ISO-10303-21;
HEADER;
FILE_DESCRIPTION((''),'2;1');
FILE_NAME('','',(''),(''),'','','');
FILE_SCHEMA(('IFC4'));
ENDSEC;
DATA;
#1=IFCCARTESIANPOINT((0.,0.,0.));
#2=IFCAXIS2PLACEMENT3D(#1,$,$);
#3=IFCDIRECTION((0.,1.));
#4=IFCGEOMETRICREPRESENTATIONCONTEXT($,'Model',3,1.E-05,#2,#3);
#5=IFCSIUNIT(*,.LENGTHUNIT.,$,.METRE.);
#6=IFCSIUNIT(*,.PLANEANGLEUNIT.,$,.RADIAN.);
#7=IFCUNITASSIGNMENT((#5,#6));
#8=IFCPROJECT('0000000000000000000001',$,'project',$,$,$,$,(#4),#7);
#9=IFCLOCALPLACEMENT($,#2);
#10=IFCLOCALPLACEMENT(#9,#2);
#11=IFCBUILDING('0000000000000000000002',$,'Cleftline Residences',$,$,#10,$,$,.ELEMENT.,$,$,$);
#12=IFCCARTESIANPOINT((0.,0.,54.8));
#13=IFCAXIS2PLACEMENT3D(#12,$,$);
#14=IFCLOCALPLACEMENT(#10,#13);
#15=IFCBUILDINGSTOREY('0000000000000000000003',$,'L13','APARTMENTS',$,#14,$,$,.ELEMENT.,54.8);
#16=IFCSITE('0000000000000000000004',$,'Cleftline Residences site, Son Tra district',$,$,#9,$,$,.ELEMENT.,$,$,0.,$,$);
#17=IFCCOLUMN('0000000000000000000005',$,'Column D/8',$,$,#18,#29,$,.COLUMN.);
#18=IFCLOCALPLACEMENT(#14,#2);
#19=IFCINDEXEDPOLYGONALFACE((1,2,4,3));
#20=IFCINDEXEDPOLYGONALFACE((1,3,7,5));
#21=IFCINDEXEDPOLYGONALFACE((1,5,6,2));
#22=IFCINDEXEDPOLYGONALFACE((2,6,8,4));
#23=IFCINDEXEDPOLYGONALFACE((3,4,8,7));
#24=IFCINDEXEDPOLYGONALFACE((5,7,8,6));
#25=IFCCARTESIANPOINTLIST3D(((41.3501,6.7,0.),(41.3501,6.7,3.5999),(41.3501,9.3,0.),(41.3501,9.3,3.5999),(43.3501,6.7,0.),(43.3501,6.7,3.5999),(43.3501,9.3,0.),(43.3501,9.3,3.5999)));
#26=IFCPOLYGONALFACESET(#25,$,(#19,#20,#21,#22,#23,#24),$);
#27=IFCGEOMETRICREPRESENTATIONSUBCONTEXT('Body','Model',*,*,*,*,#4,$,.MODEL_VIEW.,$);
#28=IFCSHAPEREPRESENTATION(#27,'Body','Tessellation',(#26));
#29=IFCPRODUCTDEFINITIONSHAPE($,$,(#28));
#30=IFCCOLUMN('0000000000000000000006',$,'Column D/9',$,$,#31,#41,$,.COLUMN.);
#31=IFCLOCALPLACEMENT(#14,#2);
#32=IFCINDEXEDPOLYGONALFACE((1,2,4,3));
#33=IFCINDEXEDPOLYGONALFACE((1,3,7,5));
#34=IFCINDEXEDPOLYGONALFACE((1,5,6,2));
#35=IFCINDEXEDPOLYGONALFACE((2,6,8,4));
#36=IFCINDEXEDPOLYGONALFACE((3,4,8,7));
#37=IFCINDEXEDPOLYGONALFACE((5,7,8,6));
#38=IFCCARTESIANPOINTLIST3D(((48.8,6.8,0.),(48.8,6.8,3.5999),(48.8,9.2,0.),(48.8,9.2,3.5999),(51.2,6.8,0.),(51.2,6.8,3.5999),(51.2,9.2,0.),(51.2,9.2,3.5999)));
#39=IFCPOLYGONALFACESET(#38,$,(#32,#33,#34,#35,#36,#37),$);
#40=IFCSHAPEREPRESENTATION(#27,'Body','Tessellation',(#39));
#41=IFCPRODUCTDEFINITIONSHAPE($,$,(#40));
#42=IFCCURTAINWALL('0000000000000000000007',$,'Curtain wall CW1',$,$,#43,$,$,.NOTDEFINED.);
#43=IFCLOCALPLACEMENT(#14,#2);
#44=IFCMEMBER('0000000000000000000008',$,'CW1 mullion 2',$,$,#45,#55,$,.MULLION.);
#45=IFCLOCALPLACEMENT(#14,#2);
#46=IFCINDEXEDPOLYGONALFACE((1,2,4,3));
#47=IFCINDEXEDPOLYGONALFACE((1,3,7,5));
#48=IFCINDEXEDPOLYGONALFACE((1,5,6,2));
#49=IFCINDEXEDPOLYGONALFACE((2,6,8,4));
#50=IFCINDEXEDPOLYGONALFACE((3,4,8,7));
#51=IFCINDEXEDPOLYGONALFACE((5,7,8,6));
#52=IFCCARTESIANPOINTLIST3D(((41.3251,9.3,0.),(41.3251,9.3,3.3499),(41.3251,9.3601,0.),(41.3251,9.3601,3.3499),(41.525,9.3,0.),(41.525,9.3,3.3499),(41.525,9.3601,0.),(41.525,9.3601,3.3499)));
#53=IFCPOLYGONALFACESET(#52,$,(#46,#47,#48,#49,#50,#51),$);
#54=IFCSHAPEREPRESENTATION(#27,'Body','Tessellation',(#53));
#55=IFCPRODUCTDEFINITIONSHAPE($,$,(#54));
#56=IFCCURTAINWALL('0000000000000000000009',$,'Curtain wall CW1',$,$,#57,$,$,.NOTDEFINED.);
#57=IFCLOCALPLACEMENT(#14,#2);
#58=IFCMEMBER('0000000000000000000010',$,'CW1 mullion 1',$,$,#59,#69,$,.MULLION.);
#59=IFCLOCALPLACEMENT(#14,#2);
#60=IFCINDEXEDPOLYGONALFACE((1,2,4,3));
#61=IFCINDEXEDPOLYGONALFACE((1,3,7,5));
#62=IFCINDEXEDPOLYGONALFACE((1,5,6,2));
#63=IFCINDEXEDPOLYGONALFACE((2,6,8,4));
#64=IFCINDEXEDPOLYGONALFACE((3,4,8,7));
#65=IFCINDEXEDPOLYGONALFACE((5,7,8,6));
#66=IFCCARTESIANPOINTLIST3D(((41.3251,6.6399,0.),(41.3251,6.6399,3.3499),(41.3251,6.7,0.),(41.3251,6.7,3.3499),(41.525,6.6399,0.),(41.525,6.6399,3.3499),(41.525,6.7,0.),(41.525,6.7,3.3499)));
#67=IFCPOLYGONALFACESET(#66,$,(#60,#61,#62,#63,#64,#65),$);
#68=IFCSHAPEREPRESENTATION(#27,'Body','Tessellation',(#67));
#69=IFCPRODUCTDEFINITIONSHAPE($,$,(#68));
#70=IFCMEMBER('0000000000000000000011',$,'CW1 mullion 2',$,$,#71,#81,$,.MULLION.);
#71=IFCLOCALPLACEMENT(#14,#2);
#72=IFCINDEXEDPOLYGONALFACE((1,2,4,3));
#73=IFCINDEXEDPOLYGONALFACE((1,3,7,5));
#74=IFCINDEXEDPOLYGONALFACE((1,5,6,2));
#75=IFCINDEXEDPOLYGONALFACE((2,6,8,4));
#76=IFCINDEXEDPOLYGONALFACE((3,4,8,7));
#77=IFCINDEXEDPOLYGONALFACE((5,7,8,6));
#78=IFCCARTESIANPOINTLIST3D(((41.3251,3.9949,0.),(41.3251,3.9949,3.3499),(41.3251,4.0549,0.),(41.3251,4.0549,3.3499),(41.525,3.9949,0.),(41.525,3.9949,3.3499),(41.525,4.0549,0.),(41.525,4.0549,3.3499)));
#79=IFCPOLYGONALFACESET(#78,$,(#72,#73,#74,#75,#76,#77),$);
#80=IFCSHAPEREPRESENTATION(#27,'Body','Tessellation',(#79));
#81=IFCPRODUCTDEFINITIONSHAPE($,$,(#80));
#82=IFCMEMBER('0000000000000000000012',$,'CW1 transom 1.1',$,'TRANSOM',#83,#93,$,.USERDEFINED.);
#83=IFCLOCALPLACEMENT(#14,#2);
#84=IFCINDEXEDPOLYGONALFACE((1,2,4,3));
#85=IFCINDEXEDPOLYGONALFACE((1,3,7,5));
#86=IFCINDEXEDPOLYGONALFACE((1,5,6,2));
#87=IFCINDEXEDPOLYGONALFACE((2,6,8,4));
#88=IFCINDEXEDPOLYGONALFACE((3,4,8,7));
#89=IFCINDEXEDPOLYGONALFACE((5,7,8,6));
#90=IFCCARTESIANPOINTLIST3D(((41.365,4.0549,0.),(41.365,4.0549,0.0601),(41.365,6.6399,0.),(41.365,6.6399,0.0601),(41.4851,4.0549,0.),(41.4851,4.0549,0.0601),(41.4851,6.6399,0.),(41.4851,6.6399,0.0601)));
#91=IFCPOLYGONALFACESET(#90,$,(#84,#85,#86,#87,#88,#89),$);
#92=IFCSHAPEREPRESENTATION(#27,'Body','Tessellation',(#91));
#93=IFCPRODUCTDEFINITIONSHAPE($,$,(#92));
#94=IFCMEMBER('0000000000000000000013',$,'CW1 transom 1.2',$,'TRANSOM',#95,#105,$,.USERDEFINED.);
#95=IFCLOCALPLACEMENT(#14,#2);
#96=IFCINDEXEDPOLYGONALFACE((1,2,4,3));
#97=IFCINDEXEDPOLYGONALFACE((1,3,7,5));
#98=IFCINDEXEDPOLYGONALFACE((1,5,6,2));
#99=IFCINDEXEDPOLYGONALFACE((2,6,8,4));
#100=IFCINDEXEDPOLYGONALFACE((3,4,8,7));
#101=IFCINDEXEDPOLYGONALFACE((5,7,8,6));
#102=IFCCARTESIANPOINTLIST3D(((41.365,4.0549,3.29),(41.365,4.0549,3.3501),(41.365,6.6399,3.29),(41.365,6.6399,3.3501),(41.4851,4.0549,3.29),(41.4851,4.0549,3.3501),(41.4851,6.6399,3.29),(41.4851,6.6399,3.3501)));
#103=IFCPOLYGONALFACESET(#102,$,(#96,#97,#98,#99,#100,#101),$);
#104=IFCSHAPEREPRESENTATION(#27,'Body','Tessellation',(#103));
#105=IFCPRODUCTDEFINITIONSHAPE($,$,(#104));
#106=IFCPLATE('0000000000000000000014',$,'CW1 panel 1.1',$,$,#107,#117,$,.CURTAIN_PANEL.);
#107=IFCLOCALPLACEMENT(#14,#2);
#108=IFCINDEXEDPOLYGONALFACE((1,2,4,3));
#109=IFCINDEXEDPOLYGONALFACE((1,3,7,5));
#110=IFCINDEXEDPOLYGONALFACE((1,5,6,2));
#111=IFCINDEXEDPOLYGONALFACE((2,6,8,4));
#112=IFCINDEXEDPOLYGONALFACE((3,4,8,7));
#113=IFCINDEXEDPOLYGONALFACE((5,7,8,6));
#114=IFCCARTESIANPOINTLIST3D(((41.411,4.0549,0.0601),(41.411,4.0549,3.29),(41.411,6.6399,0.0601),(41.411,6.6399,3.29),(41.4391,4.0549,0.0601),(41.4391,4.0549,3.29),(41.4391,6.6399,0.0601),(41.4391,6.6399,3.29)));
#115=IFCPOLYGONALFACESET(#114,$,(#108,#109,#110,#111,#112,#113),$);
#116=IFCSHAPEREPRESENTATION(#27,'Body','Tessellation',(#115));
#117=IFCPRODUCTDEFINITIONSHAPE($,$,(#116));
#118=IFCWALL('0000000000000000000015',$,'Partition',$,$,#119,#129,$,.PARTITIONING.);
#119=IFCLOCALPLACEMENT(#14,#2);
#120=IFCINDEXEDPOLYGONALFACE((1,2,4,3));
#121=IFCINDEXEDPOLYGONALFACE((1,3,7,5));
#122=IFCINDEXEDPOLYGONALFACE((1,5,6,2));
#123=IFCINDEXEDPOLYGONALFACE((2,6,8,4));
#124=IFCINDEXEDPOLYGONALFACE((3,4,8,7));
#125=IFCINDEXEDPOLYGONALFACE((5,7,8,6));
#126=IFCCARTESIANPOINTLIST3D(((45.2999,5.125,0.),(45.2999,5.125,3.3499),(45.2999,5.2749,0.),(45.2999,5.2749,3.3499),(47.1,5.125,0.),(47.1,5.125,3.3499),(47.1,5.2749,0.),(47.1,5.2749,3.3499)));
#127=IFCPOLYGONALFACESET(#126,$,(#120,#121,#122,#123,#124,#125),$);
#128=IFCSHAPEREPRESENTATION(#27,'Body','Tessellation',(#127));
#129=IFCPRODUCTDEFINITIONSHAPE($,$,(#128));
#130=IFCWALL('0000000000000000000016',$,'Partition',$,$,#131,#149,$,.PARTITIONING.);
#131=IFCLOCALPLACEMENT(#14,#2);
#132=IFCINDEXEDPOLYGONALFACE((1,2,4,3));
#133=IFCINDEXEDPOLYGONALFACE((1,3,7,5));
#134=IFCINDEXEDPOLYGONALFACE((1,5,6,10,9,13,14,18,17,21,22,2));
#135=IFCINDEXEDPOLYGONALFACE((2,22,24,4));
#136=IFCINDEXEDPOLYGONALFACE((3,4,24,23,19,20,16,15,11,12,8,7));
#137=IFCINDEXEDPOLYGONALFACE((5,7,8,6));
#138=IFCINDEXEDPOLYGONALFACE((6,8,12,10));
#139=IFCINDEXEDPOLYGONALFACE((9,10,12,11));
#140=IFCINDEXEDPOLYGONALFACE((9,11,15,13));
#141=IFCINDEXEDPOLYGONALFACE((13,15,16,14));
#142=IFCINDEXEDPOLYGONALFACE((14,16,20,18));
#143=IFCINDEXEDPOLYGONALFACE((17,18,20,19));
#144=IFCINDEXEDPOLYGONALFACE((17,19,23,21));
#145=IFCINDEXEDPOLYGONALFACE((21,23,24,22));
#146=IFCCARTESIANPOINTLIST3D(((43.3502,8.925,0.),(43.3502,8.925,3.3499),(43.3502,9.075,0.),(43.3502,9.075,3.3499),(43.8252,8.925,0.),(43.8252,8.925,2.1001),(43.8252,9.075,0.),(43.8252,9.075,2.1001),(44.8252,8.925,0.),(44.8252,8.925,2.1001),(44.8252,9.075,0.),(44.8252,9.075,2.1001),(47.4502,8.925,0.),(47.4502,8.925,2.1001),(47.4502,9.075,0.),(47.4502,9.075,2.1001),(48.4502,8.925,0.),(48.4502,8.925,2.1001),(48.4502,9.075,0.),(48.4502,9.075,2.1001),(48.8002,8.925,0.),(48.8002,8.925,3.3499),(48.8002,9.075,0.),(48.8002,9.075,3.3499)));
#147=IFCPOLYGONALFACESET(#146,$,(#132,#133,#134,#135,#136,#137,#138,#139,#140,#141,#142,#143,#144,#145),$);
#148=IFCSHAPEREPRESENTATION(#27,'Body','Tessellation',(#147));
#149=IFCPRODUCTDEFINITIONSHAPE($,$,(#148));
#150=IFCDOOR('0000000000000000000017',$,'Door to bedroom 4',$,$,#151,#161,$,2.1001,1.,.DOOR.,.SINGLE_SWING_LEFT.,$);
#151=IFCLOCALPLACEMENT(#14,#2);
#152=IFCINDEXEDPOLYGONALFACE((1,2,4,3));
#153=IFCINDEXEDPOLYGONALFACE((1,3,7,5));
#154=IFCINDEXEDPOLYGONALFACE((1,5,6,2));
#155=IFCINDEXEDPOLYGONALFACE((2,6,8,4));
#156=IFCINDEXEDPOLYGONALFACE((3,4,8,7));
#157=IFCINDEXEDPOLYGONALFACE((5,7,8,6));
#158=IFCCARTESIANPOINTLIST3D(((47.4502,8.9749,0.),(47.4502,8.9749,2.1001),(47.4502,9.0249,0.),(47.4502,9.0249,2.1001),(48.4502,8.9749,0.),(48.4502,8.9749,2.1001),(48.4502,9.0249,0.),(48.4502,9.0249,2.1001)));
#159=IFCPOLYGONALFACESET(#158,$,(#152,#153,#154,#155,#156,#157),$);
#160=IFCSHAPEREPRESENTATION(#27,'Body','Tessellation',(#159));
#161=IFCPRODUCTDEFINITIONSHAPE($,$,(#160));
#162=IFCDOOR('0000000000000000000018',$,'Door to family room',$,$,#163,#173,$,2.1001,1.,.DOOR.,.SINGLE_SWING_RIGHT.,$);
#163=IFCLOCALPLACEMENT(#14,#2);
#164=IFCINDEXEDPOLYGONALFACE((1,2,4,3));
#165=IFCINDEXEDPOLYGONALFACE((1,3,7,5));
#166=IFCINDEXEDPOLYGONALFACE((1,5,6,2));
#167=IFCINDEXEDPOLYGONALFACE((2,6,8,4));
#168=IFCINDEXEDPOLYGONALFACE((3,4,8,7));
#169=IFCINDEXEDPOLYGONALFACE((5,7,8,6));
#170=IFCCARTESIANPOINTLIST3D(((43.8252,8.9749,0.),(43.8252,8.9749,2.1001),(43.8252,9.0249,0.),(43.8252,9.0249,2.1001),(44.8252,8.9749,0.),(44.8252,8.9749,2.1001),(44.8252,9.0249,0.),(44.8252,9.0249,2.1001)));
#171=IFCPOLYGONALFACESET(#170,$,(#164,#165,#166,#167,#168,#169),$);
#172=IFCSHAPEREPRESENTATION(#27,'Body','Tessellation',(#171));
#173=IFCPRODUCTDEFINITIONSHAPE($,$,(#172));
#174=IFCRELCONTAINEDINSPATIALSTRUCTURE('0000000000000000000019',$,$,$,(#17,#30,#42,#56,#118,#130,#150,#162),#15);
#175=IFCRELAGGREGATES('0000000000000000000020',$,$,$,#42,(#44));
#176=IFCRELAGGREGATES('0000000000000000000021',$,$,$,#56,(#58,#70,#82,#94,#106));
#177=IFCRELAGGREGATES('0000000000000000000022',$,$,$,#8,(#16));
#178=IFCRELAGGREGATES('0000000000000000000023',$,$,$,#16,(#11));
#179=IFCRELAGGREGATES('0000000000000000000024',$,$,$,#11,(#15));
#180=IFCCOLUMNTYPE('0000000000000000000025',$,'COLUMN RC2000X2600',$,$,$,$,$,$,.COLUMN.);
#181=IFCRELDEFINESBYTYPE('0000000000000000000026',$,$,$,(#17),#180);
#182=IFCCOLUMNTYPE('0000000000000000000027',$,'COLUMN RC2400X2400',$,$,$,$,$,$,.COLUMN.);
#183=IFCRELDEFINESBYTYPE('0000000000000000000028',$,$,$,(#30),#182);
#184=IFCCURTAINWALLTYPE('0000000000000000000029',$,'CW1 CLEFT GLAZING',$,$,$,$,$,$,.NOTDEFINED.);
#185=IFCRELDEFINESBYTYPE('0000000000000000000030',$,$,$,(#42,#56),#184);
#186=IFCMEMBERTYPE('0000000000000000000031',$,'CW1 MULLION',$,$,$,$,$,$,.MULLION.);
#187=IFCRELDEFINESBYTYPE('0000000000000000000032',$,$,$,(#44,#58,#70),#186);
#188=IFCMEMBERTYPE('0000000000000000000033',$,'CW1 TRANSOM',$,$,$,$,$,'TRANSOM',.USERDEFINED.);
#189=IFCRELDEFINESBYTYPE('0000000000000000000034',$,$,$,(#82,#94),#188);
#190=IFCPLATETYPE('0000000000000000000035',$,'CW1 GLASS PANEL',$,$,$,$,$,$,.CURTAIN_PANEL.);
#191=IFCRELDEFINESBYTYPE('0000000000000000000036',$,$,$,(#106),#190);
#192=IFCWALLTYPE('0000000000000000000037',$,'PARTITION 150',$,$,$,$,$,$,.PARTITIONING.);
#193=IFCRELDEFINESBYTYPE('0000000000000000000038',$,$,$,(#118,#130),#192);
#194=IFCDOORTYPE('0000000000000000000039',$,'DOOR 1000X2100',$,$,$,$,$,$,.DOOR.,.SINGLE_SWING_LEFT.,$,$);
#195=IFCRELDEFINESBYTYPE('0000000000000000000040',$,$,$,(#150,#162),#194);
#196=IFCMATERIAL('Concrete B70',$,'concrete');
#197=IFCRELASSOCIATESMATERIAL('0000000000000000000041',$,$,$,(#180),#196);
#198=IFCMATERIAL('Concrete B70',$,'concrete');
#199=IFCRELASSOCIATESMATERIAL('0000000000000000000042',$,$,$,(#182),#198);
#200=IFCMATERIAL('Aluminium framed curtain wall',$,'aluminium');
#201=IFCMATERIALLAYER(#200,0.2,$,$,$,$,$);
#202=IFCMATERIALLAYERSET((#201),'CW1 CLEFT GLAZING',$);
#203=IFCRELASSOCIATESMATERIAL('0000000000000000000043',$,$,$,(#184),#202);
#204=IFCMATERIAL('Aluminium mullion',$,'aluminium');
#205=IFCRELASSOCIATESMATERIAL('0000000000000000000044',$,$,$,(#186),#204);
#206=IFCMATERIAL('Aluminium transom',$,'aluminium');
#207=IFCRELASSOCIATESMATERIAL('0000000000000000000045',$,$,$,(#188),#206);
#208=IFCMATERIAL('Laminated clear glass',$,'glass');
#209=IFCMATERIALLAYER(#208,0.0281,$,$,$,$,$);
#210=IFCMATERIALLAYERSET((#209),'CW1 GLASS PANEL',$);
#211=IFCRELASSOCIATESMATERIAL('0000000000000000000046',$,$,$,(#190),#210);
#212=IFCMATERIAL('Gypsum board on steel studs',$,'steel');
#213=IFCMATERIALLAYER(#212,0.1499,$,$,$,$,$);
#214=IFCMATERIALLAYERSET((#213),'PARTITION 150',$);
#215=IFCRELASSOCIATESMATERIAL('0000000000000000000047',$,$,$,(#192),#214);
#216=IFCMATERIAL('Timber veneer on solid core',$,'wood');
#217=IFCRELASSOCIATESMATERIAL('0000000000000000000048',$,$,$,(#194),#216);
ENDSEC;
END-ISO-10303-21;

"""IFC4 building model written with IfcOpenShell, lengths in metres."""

from ifc_helpers import new_model, si_unit, direction, frame, frame_2d, origin, origin_2d, place, context, subcontext, project, spatial, rectangle, extrude, material, layer, layer_set, material_profile, profile_set, type_object, element, fill, aggregate, save


model = new_model("IFC4")

# Units and contexts
model_context = context("Model", 3, precision=1e-05, world=origin(), true_north=direction((0.0, 1.0)))
body_context = subcontext(model_context, "Body", "Model", "MODEL_VIEW")
ifc_project = project(units=[si_unit("LENGTHUNIT", "METRE"), si_unit("PLANEANGLEUNIT", "RADIAN")], contexts=[model_context])

# Site, building, storey
site_placement = place(None, origin())
site = spatial("IfcSite", under=ifc_project, at=site_placement, Name="Cleftline Residences site, Son Tra district", CompositionType="ELEMENT", RefElevation=0.0)
building_placement = place(site_placement, origin())
building = spatial("IfcBuilding", under=site, at=building_placement, Name="Cleftline Residences", CompositionType="ELEMENT")
storey_placement = place(building_placement, frame((0.0, 0.0, 54.8)))
storey = spatial("IfcBuildingStorey", under=building, at=storey_placement, Name="L13", Description="APARTMENTS", CompositionType="ELEMENT", Elevation=54.8)

# Columns
ifc_material_1 = material(Name="Concrete B70", Category="concrete")
ifc_material_profile_1 = material_profile(ifc_material_1, rectangle(XDim=2.0, YDim=2.6001, at=origin_2d()))
ifc_profile_set_1 = profile_set([ifc_material_profile_1], Name="Concrete B70")
column_type_1 = type_object("IfcColumnType", Name="COLUMN RC2000X2600", PredefinedType="COLUMN", material=ifc_profile_set_1)
column_1_placement = place(storey_placement, frame((42.3501, 8.0, 0.0), z_axis=(0.0, 0.0, 1.0), x_axis=(1.0, 0.0, 0.0)))
element("IfcColumn", 1, at=column_1_placement, inside=storey, type_object=column_type_1, Name="Column D/8", PredefinedType="COLUMN", context=body_context, shape_type="SweptSolid", body=[
    extrude(rectangle(XDim=2.0, YDim=2.6001, at=origin_2d()), origin(), (0.0, 0.0, 1.0), 3.5999),
])
ifc_material_2 = material(Name="Concrete B70", Category="concrete")
ifc_material_profile_2 = material_profile(ifc_material_2, rectangle(XDim=2.3999, YDim=2.3999, at=origin_2d()))
ifc_profile_set_2 = profile_set([ifc_material_profile_2], Name="Concrete B70")
column_type_2 = type_object("IfcColumnType", Name="COLUMN RC2400X2400", PredefinedType="COLUMN", material=ifc_profile_set_2)
column_2_placement = place(storey_placement, frame((50.0, 8.0, 0.0), z_axis=(0.0, 0.0, 1.0), x_axis=(1.0, 0.0, 0.0)))
element("IfcColumn", 2, at=column_2_placement, inside=storey, type_object=column_type_2, Name="Column D/9", PredefinedType="COLUMN", context=body_context, shape_type="SweptSolid", body=[
    extrude(rectangle(XDim=2.3999, YDim=2.3999, at=origin_2d()), origin(), (0.0, 0.0, 1.0), 3.5999),
])

# Curtain wall, member
ifc_material_3 = material(Name="Aluminium framed curtain wall", Category="aluminium")
ifc_layer_1 = layer(ifc_material_3, 0.2)
ifc_layer_set_1 = layer_set([ifc_layer_1], Name="CW1 CLEFT GLAZING")
curtain_wall_type = type_object("IfcCurtainWallType", Name="CW1 CLEFT GLAZING", PredefinedType="NOTDEFINED", material=ifc_layer_set_1)
curtain_wall_1_placement = place(storey_placement, origin())
curtain_wall_1 = element("IfcCurtainWall", 3, at=curtain_wall_1_placement, inside=storey, type_object=curtain_wall_type, Name="Curtain wall CW1", PredefinedType="NOTDEFINED")
ifc_material_4 = material(Name="Aluminium mullion", Category="aluminium")
ifc_material_profile_3 = material_profile(ifc_material_4, rectangle(XDim=0.2, YDim=0.0601, at=origin_2d()))
ifc_profile_set_3 = profile_set([ifc_material_profile_3], Name="Aluminium mullion")
member_type_1 = type_object("IfcMemberType", Name="CW1 MULLION", PredefinedType="MULLION", material=ifc_profile_set_3)
member_1_placement = place(storey_placement, frame((41.425, 9.3301, 0.0), z_axis=(0.0, 0.0, 1.0), x_axis=(1.0, 0.0, 0.0)))
member_1 = element("IfcMember", 4, at=member_1_placement, type_object=member_type_1, Name="CW1 mullion 2", PredefinedType="MULLION", context=body_context, shape_type="SweptSolid", body=[
    extrude(rectangle(XDim=0.2, YDim=0.0601, at=origin_2d()), origin(), (0.0, 0.0, 1.0), 3.3499),
])
aggregate(curtain_wall_1, [member_1])

# Curtain wall, members, plate
curtain_wall_2_placement = place(storey_placement, origin())
curtain_wall_2 = element("IfcCurtainWall", 5, at=curtain_wall_2_placement, inside=storey, type_object=curtain_wall_type, Name="Curtain wall CW1", PredefinedType="NOTDEFINED")
member_2_placement = place(storey_placement, frame((41.425, 6.6699, 0.0), z_axis=(0.0, 0.0, 1.0), x_axis=(1.0, 0.0, 0.0)))
member_2 = element("IfcMember", 6, at=member_2_placement, type_object=member_type_1, Name="CW1 mullion 1", PredefinedType="MULLION", context=body_context, shape_type="SweptSolid", body=[
    extrude(rectangle(XDim=0.2, YDim=0.0601, at=origin_2d()), origin(), (0.0, 0.0, 1.0), 3.3499),
])
member_3_placement = place(storey_placement, frame((41.425, 4.0249, 0.0), z_axis=(0.0, 0.0, 1.0), x_axis=(1.0, 0.0, 0.0)))
member_3 = element("IfcMember", 7, at=member_3_placement, type_object=member_type_1, Name="CW1 mullion 2", PredefinedType="MULLION", context=body_context, shape_type="SweptSolid", body=[
    extrude(rectangle(XDim=0.2, YDim=0.0601, at=origin_2d()), origin(), (0.0, 0.0, 1.0), 3.3499),
])
ifc_material_5 = material(Name="Aluminium transom", Category="aluminium")
ifc_material_profile_4 = material_profile(ifc_material_5, rectangle(XDim=0.1201, YDim=0.0601, at=origin_2d()))
ifc_profile_set_4 = profile_set([ifc_material_profile_4], Name="Aluminium transom")
member_type_2 = type_object("IfcMemberType", Name="CW1 TRANSOM", ElementType="TRANSOM", PredefinedType="USERDEFINED", material=ifc_profile_set_4)
member_4_placement = place(storey_placement, frame((41.425, 6.6399, 0.03), z_axis=(0.0, -1.0, 0.0), x_axis=(1.0, 0.0, 0.0)))
member_4 = element("IfcMember", 8, at=member_4_placement, type_object=member_type_2, Name="CW1 transom 1.1", ObjectType="TRANSOM", PredefinedType="USERDEFINED", context=body_context, shape_type="SweptSolid", body=[
    extrude(rectangle(XDim=0.1201, YDim=0.0601, at=origin_2d()), origin(), (0.0, 0.0, 1.0), 2.585),
])
member_5_placement = place(storey_placement, frame((41.425, 6.6399, 3.3201), z_axis=(0.0, -1.0, 0.0), x_axis=(1.0, 0.0, 0.0)))
member_5 = element("IfcMember", 9, at=member_5_placement, type_object=member_type_2, Name="CW1 transom 1.2", ObjectType="TRANSOM", PredefinedType="USERDEFINED", context=body_context, shape_type="SweptSolid", body=[
    extrude(rectangle(XDim=0.1201, YDim=0.0601, at=origin_2d()), origin(), (0.0, 0.0, 1.0), 2.585),
])
ifc_material_6 = material(Name="Laminated clear glass", Category="glass")
ifc_layer_2 = layer(ifc_material_6, 0.0281)
ifc_layer_set_2 = layer_set([ifc_layer_2], Name="CW1 GLASS PANEL")
plate_type = type_object("IfcPlateType", Name="CW1 GLASS PANEL", PredefinedType="CURTAIN_PANEL", material=ifc_layer_set_2)
plate_placement = place(storey_placement, frame((41.425, 5.3474, 0.0601), z_axis=(0.0, 0.0, 1.0), x_axis=(0.0, -1.0, 0.0)))
plate = element("IfcPlate", 10, at=plate_placement, type_object=plate_type, Name="CW1 panel 1.1", PredefinedType="CURTAIN_PANEL", context=body_context, shape_type="SweptSolid", body=[
    extrude(rectangle(XDim=2.585, YDim=0.0281, at=origin_2d()), origin(), (0.0, 0.0, 1.0), 3.23),
])
aggregate(curtain_wall_2, [member_2, member_3, member_4, member_5, plate])

# Wall
ifc_material_7 = material(Name="Gypsum board on steel studs", Category="steel")
ifc_layer_3 = layer(ifc_material_7, 0.1499)
ifc_layer_set_3 = layer_set([ifc_layer_3], Name="PARTITION 150")
wall_type = type_object("IfcWallType", Name="PARTITION 150", PredefinedType="PARTITIONING", material=ifc_layer_set_3)
wall_1_placement = place(storey_placement, frame((45.3, 5.2, 0.0), z_axis=(0.0, 0.0, 1.0), x_axis=(1.0, 0.0, 0.0)))
element("IfcWall", 11, at=wall_1_placement, inside=storey, type_object=wall_type, Name="Partition", PredefinedType="PARTITIONING", context=body_context, shape_type="SweptSolid", body=[
    extrude(rectangle(XDim=1.8, YDim=0.1499, at=frame_2d((0.8999, 0.0))), origin(), (0.0, 0.0, 1.0), 3.3499),
])

# Wall, openings, doors
wall_2_placement = place(storey_placement, frame((43.3501, 9.0, 0.0), z_axis=(0.0, 0.0, 1.0), x_axis=(1.0, 0.0, 0.0)))
wall_2 = element("IfcWall", 12, at=wall_2_placement, inside=storey, type_object=wall_type, Name="Partition", PredefinedType="PARTITIONING", context=body_context, shape_type="SweptSolid", body=[
    extrude(rectangle(XDim=5.45, YDim=0.1499, at=frame_2d((2.7251, 0.0))), origin(), (0.0, 0.0, 1.0), 3.3499),
])
opening_1_placement = place(wall_2_placement, frame((4.1001, 0.0, 0.0)))
opening_1 = element("IfcOpeningElement", 13, at=opening_1_placement, cuts=wall_2, PredefinedType="OPENING", context=body_context, shape_type="SweptSolid", body=[
    extrude(rectangle(XDim=1.0, YDim=2.1001, at=frame_2d((0.5, 1.05))), frame((0.0, 0.085, 0.0), z_axis=(0.0, -1.0, 0.0), x_axis=(1.0, 0.0, 0.0)), (0.0, 0.0, 1.0), 0.1699),
])
opening_2_placement = place(wall_2_placement, frame((0.4751, 0.0, 0.0)))
opening_2 = element("IfcOpeningElement", 14, at=opening_2_placement, cuts=wall_2, PredefinedType="OPENING", context=body_context, shape_type="SweptSolid", body=[
    extrude(rectangle(XDim=1.0, YDim=2.1001, at=frame_2d((0.5, 1.05))), frame((0.0, 0.085, 0.0), z_axis=(0.0, -1.0, 0.0), x_axis=(1.0, 0.0, 0.0)), (0.0, 0.0, 1.0), 0.1699),
])
ifc_material_8 = material(Name="Timber veneer on solid core", Category="wood")
door_type_1 = type_object("IfcDoorType", Name="DOOR 1000X2100", OperationType="SINGLE_SWING_LEFT", PredefinedType="DOOR", material=ifc_material_8)
door_1_placement = place(opening_1_placement, origin())
door_1 = element("IfcDoor", 15, at=door_1_placement, inside=storey, type_object=door_type_1, Name="Door to bedroom 4", OperationType="SINGLE_SWING_LEFT", OverallHeight=2.1001, OverallWidth=1.0, PredefinedType="DOOR", context=body_context, shape_type="SweptSolid", body=[
    extrude(rectangle(XDim=1.0, YDim=2.1001, at=frame_2d((0.5, 1.05))), frame((0.0, 0.0249, 0.0), z_axis=(0.0, -1.0, 0.0), x_axis=(1.0, 0.0, 0.0)), (0.0, 0.0, 1.0), 0.05),
])
fill(opening_1, door_1)
door_2_placement = place(opening_2_placement, origin())
door_2 = element("IfcDoor", 16, at=door_2_placement, inside=storey, type_object=door_type_1, Name="Door to family room", OperationType="SINGLE_SWING_RIGHT", OverallHeight=2.1001, OverallWidth=1.0, PredefinedType="DOOR", context=body_context, shape_type="SweptSolid", body=[
    extrude(rectangle(XDim=1.0, YDim=2.1001, at=frame_2d((0.5, 1.05))), frame((0.0, 0.0249, 0.0), z_axis=(0.0, -1.0, 0.0), x_axis=(1.0, 0.0, 0.0)), (0.0, 0.0, 1.0), 0.05),
])
fill(opening_2, door_2)

save(model, "model.ifc")
